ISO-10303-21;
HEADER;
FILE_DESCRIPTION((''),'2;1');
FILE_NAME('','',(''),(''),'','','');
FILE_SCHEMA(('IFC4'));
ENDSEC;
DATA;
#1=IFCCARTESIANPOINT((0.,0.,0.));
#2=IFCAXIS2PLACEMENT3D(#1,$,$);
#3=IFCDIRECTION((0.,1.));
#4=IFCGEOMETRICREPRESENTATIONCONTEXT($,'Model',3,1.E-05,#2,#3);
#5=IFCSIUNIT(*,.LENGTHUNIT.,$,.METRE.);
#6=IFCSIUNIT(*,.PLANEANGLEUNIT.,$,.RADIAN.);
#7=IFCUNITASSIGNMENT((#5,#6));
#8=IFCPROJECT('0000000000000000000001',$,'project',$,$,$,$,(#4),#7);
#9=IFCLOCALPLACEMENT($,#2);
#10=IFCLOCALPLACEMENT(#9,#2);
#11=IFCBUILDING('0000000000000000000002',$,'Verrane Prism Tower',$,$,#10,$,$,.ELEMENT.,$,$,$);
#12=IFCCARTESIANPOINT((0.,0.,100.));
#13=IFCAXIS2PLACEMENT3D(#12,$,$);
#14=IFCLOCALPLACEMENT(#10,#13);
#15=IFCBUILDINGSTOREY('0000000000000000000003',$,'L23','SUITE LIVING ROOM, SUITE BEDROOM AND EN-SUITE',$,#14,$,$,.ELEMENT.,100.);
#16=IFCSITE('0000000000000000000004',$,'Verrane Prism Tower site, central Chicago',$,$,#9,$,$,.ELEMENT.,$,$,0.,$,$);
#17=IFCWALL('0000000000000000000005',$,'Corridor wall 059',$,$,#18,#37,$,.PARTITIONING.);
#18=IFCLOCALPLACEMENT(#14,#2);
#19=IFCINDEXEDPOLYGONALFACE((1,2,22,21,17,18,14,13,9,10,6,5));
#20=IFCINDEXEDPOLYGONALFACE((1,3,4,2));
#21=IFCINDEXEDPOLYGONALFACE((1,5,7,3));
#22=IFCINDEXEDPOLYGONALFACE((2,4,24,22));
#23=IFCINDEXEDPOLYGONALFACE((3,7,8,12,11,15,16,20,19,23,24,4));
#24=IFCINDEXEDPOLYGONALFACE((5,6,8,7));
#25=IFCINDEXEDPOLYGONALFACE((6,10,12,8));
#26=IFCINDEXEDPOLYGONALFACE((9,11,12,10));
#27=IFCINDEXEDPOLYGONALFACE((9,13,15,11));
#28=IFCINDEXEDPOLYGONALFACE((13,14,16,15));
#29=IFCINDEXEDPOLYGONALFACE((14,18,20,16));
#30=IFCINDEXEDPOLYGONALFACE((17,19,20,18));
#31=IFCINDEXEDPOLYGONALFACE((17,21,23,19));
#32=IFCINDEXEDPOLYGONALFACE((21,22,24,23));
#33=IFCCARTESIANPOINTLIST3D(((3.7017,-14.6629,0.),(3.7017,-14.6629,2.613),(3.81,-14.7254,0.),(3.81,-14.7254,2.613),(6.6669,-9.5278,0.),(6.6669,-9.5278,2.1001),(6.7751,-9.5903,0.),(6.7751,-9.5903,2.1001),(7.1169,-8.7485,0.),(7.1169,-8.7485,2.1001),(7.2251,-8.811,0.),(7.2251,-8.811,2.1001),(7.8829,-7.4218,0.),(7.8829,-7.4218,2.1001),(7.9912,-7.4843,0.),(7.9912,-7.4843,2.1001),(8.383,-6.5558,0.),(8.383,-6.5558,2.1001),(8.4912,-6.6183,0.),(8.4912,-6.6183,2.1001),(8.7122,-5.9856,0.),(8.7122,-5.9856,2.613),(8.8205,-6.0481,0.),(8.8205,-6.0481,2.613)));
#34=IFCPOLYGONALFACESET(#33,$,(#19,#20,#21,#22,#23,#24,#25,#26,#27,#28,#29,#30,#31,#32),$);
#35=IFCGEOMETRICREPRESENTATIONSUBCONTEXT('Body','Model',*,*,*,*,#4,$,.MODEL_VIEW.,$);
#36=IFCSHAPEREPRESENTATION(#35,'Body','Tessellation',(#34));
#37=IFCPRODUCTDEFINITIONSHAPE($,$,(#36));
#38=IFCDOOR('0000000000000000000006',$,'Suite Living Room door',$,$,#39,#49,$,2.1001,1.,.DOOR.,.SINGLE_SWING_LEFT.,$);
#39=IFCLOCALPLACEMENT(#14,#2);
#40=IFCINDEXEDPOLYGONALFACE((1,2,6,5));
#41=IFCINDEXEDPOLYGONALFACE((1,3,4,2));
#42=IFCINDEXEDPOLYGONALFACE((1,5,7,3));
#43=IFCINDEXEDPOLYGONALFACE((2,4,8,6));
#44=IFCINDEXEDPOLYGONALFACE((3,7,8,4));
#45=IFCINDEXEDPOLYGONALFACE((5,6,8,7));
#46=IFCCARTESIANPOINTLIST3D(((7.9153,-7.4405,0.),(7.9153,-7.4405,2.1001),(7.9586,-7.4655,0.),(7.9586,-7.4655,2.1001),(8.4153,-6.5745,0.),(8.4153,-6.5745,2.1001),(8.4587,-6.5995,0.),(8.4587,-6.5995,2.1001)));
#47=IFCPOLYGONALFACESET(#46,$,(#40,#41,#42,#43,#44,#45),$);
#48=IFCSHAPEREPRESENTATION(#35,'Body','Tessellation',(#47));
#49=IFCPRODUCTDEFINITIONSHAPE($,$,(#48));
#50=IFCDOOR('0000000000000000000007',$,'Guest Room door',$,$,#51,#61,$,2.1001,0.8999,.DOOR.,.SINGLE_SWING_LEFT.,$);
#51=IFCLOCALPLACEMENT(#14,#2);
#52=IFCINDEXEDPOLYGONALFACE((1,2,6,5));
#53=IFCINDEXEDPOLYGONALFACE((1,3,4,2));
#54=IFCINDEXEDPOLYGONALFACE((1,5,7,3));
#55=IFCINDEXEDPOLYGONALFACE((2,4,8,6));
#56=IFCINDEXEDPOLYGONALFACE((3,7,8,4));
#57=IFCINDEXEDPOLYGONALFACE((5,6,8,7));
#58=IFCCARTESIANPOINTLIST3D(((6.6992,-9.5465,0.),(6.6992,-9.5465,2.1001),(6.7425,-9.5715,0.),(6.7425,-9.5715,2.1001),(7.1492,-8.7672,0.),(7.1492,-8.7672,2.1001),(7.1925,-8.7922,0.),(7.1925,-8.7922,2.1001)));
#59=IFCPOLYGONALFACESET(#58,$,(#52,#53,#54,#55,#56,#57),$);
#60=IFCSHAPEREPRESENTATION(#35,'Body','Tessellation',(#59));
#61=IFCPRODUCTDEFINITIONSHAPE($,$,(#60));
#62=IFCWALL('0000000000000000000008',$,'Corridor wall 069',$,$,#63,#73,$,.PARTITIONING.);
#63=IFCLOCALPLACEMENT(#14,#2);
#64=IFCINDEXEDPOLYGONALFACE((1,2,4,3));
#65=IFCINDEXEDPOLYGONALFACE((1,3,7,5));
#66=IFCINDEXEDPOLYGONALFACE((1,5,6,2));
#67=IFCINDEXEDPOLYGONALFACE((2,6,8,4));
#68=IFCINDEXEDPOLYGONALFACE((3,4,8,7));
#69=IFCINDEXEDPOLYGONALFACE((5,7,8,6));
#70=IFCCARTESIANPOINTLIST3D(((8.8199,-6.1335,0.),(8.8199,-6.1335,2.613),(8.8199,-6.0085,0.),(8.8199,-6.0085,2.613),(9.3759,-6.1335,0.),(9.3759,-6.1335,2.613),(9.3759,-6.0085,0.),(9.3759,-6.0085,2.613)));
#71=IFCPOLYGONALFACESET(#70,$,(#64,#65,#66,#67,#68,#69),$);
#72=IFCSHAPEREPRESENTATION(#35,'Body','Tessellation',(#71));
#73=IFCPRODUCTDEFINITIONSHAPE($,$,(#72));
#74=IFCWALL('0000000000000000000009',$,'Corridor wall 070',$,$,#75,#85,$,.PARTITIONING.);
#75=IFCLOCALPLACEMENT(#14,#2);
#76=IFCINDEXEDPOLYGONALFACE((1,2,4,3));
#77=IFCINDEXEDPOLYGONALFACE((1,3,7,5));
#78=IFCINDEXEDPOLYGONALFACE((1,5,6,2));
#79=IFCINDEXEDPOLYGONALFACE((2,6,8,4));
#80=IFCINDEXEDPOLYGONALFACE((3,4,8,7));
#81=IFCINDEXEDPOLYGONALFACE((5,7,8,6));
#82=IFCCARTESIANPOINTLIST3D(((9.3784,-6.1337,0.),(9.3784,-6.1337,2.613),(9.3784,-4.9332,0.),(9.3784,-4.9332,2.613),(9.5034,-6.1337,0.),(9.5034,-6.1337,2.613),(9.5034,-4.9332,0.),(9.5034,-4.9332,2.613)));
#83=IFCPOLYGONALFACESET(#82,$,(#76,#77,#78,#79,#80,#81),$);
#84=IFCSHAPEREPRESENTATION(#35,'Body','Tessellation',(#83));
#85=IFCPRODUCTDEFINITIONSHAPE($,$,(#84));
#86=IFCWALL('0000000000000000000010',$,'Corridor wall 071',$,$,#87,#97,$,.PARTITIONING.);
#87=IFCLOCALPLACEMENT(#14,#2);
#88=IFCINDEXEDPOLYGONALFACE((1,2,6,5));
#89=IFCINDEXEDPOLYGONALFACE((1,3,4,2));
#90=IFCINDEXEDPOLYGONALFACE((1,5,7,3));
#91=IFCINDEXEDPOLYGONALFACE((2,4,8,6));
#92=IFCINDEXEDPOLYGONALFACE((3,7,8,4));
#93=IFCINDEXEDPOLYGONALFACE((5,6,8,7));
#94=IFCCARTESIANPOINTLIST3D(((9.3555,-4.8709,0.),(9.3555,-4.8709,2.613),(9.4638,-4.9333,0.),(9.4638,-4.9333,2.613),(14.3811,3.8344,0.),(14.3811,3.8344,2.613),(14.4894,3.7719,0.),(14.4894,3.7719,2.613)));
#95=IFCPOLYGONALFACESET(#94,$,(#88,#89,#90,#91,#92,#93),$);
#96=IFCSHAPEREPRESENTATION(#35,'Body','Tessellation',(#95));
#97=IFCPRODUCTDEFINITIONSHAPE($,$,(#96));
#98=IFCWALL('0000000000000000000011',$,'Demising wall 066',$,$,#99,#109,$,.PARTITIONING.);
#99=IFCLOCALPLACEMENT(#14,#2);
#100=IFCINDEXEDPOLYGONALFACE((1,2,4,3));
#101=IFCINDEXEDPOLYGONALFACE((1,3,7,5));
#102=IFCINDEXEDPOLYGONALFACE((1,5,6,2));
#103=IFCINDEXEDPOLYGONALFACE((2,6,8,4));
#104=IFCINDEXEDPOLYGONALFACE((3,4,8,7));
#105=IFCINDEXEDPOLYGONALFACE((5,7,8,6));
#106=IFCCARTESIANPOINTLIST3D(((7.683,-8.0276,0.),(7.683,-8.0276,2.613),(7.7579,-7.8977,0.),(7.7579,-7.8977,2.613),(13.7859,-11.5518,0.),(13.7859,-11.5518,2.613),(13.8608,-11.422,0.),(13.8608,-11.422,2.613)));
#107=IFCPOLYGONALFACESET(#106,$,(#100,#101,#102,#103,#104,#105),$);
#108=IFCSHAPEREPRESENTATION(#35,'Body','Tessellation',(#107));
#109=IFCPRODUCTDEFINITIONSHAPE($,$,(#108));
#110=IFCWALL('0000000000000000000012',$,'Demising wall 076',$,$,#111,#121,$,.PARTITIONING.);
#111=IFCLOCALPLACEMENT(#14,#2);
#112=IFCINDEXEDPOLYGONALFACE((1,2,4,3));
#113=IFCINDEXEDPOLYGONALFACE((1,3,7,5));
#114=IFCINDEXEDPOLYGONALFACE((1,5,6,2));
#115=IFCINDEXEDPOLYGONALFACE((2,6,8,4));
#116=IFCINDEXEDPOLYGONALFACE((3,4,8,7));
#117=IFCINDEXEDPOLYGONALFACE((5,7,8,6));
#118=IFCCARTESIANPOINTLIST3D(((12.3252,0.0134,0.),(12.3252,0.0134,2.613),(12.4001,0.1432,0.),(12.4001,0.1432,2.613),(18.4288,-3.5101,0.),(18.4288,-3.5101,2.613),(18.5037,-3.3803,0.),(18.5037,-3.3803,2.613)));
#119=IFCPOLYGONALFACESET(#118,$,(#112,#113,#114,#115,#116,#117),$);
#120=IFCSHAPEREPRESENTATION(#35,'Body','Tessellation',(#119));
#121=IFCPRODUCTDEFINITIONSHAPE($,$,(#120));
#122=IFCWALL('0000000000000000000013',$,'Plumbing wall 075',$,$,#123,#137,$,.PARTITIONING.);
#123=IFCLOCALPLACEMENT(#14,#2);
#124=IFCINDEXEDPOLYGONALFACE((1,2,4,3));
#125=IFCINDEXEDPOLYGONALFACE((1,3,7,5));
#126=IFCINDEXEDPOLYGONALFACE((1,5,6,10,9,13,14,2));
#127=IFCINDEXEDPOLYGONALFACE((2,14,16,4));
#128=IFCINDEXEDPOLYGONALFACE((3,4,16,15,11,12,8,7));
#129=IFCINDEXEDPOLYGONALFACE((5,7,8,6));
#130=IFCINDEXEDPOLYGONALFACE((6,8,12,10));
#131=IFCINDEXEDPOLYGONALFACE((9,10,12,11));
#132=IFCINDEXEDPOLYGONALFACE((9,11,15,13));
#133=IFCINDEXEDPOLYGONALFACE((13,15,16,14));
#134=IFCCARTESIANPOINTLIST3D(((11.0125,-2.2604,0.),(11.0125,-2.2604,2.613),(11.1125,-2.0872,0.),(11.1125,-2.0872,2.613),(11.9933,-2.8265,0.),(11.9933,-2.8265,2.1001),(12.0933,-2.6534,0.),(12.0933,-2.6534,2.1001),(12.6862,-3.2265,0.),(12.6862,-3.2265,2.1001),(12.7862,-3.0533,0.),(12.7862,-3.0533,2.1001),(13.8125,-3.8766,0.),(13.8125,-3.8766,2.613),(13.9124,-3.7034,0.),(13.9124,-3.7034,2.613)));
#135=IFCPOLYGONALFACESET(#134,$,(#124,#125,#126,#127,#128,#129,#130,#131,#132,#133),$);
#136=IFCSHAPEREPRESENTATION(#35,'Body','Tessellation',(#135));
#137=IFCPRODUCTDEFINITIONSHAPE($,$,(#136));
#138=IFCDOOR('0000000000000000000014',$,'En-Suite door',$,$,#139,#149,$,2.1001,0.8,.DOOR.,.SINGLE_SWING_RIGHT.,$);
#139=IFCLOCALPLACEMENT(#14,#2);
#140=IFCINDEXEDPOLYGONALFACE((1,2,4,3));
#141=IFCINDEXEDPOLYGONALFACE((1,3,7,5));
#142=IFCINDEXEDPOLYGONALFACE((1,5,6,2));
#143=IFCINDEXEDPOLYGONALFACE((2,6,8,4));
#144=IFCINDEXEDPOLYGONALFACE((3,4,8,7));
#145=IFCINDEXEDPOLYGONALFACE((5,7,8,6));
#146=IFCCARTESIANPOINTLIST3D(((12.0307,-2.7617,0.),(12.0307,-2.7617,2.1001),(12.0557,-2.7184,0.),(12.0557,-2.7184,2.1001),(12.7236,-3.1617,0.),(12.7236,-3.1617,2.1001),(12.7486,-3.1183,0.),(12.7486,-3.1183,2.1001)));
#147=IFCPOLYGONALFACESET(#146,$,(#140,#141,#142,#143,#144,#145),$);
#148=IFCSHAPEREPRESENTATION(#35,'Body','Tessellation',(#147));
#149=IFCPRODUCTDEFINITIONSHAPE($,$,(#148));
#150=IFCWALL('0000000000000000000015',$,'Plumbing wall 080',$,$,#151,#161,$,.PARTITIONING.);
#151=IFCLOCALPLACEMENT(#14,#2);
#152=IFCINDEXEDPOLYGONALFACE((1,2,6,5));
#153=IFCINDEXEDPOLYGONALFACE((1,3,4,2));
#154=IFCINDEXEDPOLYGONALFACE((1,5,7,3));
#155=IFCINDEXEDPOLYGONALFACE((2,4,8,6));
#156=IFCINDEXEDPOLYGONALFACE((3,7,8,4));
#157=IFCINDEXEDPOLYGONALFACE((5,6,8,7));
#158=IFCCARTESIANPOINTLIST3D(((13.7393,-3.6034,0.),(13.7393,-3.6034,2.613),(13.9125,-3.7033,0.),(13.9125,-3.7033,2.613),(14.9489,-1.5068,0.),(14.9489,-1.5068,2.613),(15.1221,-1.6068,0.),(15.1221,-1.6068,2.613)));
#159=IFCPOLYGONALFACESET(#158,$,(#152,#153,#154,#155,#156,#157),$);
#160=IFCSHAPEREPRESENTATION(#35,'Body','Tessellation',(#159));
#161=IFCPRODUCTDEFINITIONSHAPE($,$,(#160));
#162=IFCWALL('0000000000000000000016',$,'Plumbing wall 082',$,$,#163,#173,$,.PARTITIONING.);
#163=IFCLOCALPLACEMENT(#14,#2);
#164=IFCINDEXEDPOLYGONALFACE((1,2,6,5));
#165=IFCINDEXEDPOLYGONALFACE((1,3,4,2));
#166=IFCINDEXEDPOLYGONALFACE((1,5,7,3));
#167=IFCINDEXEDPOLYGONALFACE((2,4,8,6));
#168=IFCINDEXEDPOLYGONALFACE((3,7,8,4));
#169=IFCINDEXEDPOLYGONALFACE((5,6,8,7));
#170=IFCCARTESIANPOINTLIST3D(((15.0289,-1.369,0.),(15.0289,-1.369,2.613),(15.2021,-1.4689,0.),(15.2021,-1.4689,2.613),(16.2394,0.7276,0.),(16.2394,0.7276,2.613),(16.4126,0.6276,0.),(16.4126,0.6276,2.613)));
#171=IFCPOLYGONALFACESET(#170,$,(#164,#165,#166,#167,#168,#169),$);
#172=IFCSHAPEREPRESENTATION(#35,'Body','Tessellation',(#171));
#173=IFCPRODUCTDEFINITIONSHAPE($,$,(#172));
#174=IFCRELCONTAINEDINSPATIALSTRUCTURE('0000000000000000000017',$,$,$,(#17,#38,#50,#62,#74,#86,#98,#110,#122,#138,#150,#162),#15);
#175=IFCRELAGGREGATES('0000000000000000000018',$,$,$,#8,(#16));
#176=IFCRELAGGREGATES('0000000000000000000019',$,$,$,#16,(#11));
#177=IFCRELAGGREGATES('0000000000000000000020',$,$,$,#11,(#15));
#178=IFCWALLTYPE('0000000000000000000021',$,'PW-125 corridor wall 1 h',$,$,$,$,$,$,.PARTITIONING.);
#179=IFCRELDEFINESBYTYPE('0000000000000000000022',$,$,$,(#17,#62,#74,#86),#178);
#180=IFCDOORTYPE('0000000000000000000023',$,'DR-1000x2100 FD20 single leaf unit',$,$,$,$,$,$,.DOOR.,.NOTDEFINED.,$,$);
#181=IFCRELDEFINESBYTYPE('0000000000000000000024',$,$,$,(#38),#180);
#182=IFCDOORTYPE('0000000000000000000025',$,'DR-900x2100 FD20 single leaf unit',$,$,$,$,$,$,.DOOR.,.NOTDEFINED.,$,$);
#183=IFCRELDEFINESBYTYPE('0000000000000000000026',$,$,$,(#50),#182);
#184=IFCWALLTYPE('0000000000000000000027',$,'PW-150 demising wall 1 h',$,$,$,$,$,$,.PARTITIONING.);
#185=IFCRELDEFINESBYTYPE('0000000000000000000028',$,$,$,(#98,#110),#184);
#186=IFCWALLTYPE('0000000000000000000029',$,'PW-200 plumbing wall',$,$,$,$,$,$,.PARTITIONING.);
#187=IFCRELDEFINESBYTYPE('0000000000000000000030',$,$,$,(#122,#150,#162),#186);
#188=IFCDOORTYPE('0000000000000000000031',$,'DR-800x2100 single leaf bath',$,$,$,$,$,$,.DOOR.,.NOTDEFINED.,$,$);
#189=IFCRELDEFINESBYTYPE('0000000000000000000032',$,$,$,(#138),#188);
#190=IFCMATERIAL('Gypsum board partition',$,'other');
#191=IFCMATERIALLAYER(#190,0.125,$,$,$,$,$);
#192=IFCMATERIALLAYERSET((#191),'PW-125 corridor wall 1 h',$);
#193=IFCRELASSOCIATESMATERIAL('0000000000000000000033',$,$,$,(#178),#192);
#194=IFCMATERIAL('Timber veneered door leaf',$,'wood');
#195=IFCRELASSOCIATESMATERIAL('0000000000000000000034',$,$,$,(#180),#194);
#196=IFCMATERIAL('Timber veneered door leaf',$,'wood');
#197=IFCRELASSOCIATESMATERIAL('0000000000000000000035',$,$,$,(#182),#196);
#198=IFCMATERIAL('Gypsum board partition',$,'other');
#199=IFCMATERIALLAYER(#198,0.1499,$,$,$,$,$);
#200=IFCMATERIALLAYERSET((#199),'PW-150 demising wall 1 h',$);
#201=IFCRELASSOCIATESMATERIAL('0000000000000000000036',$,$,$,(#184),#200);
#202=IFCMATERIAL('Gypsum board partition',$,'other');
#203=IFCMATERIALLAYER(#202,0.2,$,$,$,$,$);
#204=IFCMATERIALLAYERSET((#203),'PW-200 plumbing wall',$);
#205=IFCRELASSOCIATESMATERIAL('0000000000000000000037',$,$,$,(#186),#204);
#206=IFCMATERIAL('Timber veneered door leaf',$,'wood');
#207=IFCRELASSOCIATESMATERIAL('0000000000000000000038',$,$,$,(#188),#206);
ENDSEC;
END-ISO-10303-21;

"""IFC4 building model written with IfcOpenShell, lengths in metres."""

from ifc_helpers import new_model, si_unit, direction, frame, frame_2d, origin, place, context, subcontext, project, spatial, rectangle, extrude, material, layer, layer_set, type_object, element, fill, save


model = new_model("IFC4")

# Units and contexts
model_context = context("Model", 3, precision=1e-05, world=origin(), true_north=direction((0.0, 1.0)))
body_context = subcontext(model_context, "Body", "Model", "MODEL_VIEW")
ifc_project = project(units=[si_unit("LENGTHUNIT", "METRE"), si_unit("PLANEANGLEUNIT", "RADIAN")], contexts=[model_context])

# Site, building, storey
site_placement = place(None, origin())
site = spatial("IfcSite", under=ifc_project, at=site_placement, Name="Verrane Prism Tower site, central Chicago", CompositionType="ELEMENT", RefElevation=0.0)
building_placement = place(site_placement, origin())
building = spatial("IfcBuilding", under=site, at=building_placement, Name="Verrane Prism Tower", CompositionType="ELEMENT")
storey_placement = place(building_placement, frame((0.0, 0.0, 100.0)))
storey = spatial("IfcBuildingStorey", under=building, at=storey_placement, Name="L23", Description="SUITE LIVING ROOM, SUITE BEDROOM AND EN-SUITE", CompositionType="ELEMENT", Elevation=100.0)

# Wall, openings, doors
ifc_material_1 = material(Name="Gypsum board partition", Category="other")
ifc_layer_1 = layer(ifc_material_1, 0.125)
ifc_layer_set_1 = layer_set([ifc_layer_1], Name="PW-125 corridor wall 1 h")
wall_type_1 = type_object("IfcWallType", Name="PW-125 corridor wall 1 h", PredefinedType="PARTITIONING", material=ifc_layer_set_1)
wall_1_placement = place(storey_placement, frame((8.7664, -6.0168, 0.0), z_axis=(0.0, 0.0, 1.0), x_axis=(-0.500051, -0.865996, 0.0)))
wall_1 = element("IfcWall", 1, at=wall_1_placement, inside=storey, type_object=wall_type_1, Name="Corridor wall 059", PredefinedType="PARTITIONING", context=body_context, shape_type="SweptSolid", body=[
    extrude(rectangle(XDim=10.02, YDim=0.125, at=frame_2d((5.01, 0.0))), origin(), (0.0, 0.0, 1.0), 2.613),
])
opening_1_placement = place(wall_1_placement, frame((3.1904, 0.0, 0.0)))
opening_1 = element("IfcOpeningElement", 2, at=opening_1_placement, cuts=wall_1, PredefinedType="OPENING", context=body_context, shape_type="SweptSolid", body=[
    extrude(rectangle(XDim=0.8999, YDim=2.1001, at=frame_2d((0.45, 1.05))), frame((0.0, 0.0725, 0.0), z_axis=(0.0, -1.0, 0.0), x_axis=(1.0, 0.0, 0.0)), (0.0, 0.0, 1.0), 0.145),
])
opening_2_placement = place(wall_1_placement, frame((0.6584, 0.0, 0.0)))
opening_2 = element("IfcOpeningElement", 3, at=opening_2_placement, cuts=wall_1, PredefinedType="OPENING", context=body_context, shape_type="SweptSolid", body=[
    extrude(rectangle(XDim=1.0, YDim=2.1001, at=frame_2d((0.5, 1.05))), frame((0.0, 0.0725, 0.0), z_axis=(0.0, -1.0, 0.0), x_axis=(1.0, 0.0, 0.0)), (0.0, 0.0, 1.0), 0.145),
])
ifc_material_2 = material(Name="Timber veneered door leaf", Category="wood")
door_type_1 = type_object("IfcDoorType", Name="DR-1000x2100 FD20 single leaf unit", OperationType="NOTDEFINED", PredefinedType="DOOR", material=ifc_material_2)
door_1_placement = place(opening_2_placement, origin())
door_1 = element("IfcDoor", 4, at=door_1_placement, inside=storey, type_object=door_type_1, Name="Suite Living Room door", OperationType="SINGLE_SWING_LEFT", OverallHeight=2.1001, OverallWidth=1.0, PredefinedType="DOOR", context=body_context, shape_type="SweptSolid", body=[
    extrude(rectangle(XDim=1.0, YDim=2.1001, at=frame_2d((0.5, 1.05))), frame((0.0, 0.0249, 0.0), z_axis=(0.0, -1.0, 0.0), x_axis=(1.0, 0.0, 0.0)), (0.0, 0.0, 1.0), 0.05),
])
fill(opening_2, door_1)
ifc_material_3 = material(Name="Timber veneered door leaf", Category="wood")
door_type_2 = type_object("IfcDoorType", Name="DR-900x2100 FD20 single leaf unit", OperationType="NOTDEFINED", PredefinedType="DOOR", material=ifc_material_3)
door_2_placement = place(opening_1_placement, origin())
door_2 = element("IfcDoor", 5, at=door_2_placement, inside=storey, type_object=door_type_2, Name="Guest Room door", OperationType="SINGLE_SWING_LEFT", OverallHeight=2.1001, OverallWidth=0.8999, PredefinedType="DOOR", context=body_context, shape_type="SweptSolid", body=[
    extrude(rectangle(XDim=0.8999, YDim=2.1001, at=frame_2d((0.45, 1.05))), frame((0.0, 0.0249, 0.0), z_axis=(0.0, -1.0, 0.0), x_axis=(1.0, 0.0, 0.0)), (0.0, 0.0, 1.0), 0.05),
])
fill(opening_1, door_2)

# Walls
wall_2_placement = place(storey_placement, frame((8.8201, -6.071, 0.0), z_axis=(0.0, 0.0, 1.0), x_axis=(1.0, 0.0, 0.0)))
element("IfcWall", 6, at=wall_2_placement, inside=storey, type_object=wall_type_1, Name="Corridor wall 069", PredefinedType="PARTITIONING", context=body_context, shape_type="SweptSolid", body=[
    extrude(rectangle(XDim=0.5559, YDim=0.125, at=frame_2d((0.2778, 0.0))), origin(), (0.0, 0.0, 1.0), 2.613),
])
wall_3_placement = place(storey_placement, frame((9.4409, -6.1335, 0.0), z_axis=(0.0, 0.0, 1.0), x_axis=(0.0, 1.0, 0.0)))
element("IfcWall", 7, at=wall_3_placement, inside=storey, type_object=wall_type_1, Name="Corridor wall 070", PredefinedType="PARTITIONING", context=body_context, shape_type="SweptSolid", body=[
    extrude(rectangle(XDim=1.2004, YDim=0.125, at=frame_2d((0.6001, 0.0))), origin(), (0.0, 0.0, 1.0), 2.613),
])
wall_4_placement = place(storey_placement, frame((9.4097, -4.9021, 0.0), z_axis=(0.0, 0.0, 1.0), x_axis=(0.499971, 0.866042, 0.0)))
element("IfcWall", 8, at=wall_4_placement, inside=storey, type_object=wall_type_1, Name="Corridor wall 071", PredefinedType="PARTITIONING", context=body_context, shape_type="SweptSolid", body=[
    extrude(rectangle(XDim=10.0518, YDim=0.125, at=frame_2d((5.0259, 0.0))), origin(), (0.0, 0.0, 1.0), 2.613),
])
ifc_material_4 = material(Name="Gypsum board partition", Category="other")
ifc_layer_2 = layer(ifc_material_4, 0.1499)
ifc_layer_set_2 = layer_set([ifc_layer_2], Name="PW-150 demising wall 1 h")
wall_type_2 = type_object("IfcWallType", Name="PW-150 demising wall 1 h", PredefinedType="PARTITIONING", material=ifc_layer_set_2)
wall_5_placement = place(storey_placement, frame((7.7205, -7.9626, 0.0), z_axis=(0.0, 0.0, 1.0), x_axis=(0.865981, -0.500077, 0.0)))
element("IfcWall", 9, at=wall_5_placement, inside=storey, type_object=wall_type_2, Name="Demising wall 066", PredefinedType="PARTITIONING", context=body_context, shape_type="SweptSolid", body=[
    extrude(rectangle(XDim=7.0474, YDim=0.1499, at=frame_2d((3.5237, 0.0))), origin(), (0.0, 0.0, 1.0), 2.613),
])
wall_6_placement = place(storey_placement, frame((12.3625, 0.0784, 0.0), z_axis=(0.0, 0.0, 1.0), x_axis=(0.866052, -0.499954, 0.0)))
element("IfcWall", 10, at=wall_6_placement, inside=storey, type_object=wall_type_2, Name="Demising wall 076", PredefinedType="PARTITIONING", context=body_context, shape_type="SweptSolid", body=[
    extrude(rectangle(XDim=7.0476, YDim=0.1499, at=frame_2d((3.5239, 0.0))), origin(), (0.0, 0.0, 1.0), 2.613),
])

# Wall, opening, door
ifc_material_5 = material(Name="Gypsum board partition", Category="other")
ifc_layer_3 = layer(ifc_material_5, 0.2)
ifc_layer_set_3 = layer_set([ifc_layer_3], Name="PW-200 plumbing wall")
wall_type_3 = type_object("IfcWallType", Name="PW-200 plumbing wall", PredefinedType="PARTITIONING", material=ifc_layer_set_3)
wall_7_placement = place(storey_placement, frame((11.0625, -2.1738, 0.0), z_axis=(0.0, 0.0, 1.0), x_axis=(0.866079, -0.499908, 0.0)))
wall_7 = element("IfcWall", 11, at=wall_7_placement, inside=storey, type_object=wall_type_3, Name="Plumbing wall 075", PredefinedType="PARTITIONING", context=body_context, shape_type="SweptSolid", body=[
    extrude(rectangle(XDim=3.2329, YDim=0.2, at=frame_2d((1.6165, 0.0))), origin(), (0.0, 0.0, 1.0), 2.613),
])
opening_3_placement = place(wall_7_placement, frame((1.1326, 0.0, 0.0)))
opening_3 = element("IfcOpeningElement", 12, at=opening_3_placement, cuts=wall_7, PredefinedType="OPENING", context=body_context, shape_type="SweptSolid", body=[
    extrude(rectangle(XDim=0.8, YDim=2.1001, at=frame_2d((0.3999, 1.05))), frame((0.0, 0.1099, 0.0), z_axis=(0.0, -1.0, 0.0), x_axis=(1.0, 0.0, 0.0)), (0.0, 0.0, 1.0), 0.22),
])
ifc_material_6 = material(Name="Timber veneered door leaf", Category="wood")
door_type_3 = type_object("IfcDoorType", Name="DR-800x2100 single leaf bath", OperationType="NOTDEFINED", PredefinedType="DOOR", material=ifc_material_6)
door_3_placement = place(opening_3_placement, origin())
door_3 = element("IfcDoor", 13, at=door_3_placement, inside=storey, type_object=door_type_3, Name="En-Suite door", OperationType="SINGLE_SWING_RIGHT", OverallHeight=2.1001, OverallWidth=0.8, PredefinedType="DOOR", context=body_context, shape_type="SweptSolid", body=[
    extrude(rectangle(XDim=0.8, YDim=2.1001, at=frame_2d((0.3999, 1.05))), frame((0.0, 0.0249, 0.0), z_axis=(0.0, -1.0, 0.0), x_axis=(1.0, 0.0, 0.0)), (0.0, 0.0, 1.0), 0.05),
])
fill(opening_3, door_3)

# Walls
wall_8_placement = place(storey_placement, frame((13.8259, -3.6533, 0.0), z_axis=(0.0, 0.0, 1.0), x_axis=(0.49972, 0.866187, 0.0)))
element("IfcWall", 14, at=wall_8_placement, inside=storey, type_object=wall_type_3, Name="Plumbing wall 080", PredefinedType="PARTITIONING", context=body_context, shape_type="SweptSolid", body=[
    extrude(rectangle(XDim=2.4204, YDim=0.2, at=frame_2d((1.2102, 0.0))), origin(), (0.0, 0.0, 1.0), 2.613),
])
wall_9_placement = place(storey_placement, frame((15.1155, -1.4189, 0.0), z_axis=(0.0, 0.0, 1.0), x_axis=(0.500022, 0.866013, 0.0)))
element("IfcWall", 15, at=wall_9_placement, inside=storey, type_object=wall_type_3, Name="Plumbing wall 082", PredefinedType="PARTITIONING", context=body_context, shape_type="SweptSolid", body=[
    extrude(rectangle(XDim=2.4209, YDim=0.2, at=frame_2d((1.2104, 0.0))), origin(), (0.0, 0.0, 1.0), 2.613),
])

save(model, "model.ifc")
